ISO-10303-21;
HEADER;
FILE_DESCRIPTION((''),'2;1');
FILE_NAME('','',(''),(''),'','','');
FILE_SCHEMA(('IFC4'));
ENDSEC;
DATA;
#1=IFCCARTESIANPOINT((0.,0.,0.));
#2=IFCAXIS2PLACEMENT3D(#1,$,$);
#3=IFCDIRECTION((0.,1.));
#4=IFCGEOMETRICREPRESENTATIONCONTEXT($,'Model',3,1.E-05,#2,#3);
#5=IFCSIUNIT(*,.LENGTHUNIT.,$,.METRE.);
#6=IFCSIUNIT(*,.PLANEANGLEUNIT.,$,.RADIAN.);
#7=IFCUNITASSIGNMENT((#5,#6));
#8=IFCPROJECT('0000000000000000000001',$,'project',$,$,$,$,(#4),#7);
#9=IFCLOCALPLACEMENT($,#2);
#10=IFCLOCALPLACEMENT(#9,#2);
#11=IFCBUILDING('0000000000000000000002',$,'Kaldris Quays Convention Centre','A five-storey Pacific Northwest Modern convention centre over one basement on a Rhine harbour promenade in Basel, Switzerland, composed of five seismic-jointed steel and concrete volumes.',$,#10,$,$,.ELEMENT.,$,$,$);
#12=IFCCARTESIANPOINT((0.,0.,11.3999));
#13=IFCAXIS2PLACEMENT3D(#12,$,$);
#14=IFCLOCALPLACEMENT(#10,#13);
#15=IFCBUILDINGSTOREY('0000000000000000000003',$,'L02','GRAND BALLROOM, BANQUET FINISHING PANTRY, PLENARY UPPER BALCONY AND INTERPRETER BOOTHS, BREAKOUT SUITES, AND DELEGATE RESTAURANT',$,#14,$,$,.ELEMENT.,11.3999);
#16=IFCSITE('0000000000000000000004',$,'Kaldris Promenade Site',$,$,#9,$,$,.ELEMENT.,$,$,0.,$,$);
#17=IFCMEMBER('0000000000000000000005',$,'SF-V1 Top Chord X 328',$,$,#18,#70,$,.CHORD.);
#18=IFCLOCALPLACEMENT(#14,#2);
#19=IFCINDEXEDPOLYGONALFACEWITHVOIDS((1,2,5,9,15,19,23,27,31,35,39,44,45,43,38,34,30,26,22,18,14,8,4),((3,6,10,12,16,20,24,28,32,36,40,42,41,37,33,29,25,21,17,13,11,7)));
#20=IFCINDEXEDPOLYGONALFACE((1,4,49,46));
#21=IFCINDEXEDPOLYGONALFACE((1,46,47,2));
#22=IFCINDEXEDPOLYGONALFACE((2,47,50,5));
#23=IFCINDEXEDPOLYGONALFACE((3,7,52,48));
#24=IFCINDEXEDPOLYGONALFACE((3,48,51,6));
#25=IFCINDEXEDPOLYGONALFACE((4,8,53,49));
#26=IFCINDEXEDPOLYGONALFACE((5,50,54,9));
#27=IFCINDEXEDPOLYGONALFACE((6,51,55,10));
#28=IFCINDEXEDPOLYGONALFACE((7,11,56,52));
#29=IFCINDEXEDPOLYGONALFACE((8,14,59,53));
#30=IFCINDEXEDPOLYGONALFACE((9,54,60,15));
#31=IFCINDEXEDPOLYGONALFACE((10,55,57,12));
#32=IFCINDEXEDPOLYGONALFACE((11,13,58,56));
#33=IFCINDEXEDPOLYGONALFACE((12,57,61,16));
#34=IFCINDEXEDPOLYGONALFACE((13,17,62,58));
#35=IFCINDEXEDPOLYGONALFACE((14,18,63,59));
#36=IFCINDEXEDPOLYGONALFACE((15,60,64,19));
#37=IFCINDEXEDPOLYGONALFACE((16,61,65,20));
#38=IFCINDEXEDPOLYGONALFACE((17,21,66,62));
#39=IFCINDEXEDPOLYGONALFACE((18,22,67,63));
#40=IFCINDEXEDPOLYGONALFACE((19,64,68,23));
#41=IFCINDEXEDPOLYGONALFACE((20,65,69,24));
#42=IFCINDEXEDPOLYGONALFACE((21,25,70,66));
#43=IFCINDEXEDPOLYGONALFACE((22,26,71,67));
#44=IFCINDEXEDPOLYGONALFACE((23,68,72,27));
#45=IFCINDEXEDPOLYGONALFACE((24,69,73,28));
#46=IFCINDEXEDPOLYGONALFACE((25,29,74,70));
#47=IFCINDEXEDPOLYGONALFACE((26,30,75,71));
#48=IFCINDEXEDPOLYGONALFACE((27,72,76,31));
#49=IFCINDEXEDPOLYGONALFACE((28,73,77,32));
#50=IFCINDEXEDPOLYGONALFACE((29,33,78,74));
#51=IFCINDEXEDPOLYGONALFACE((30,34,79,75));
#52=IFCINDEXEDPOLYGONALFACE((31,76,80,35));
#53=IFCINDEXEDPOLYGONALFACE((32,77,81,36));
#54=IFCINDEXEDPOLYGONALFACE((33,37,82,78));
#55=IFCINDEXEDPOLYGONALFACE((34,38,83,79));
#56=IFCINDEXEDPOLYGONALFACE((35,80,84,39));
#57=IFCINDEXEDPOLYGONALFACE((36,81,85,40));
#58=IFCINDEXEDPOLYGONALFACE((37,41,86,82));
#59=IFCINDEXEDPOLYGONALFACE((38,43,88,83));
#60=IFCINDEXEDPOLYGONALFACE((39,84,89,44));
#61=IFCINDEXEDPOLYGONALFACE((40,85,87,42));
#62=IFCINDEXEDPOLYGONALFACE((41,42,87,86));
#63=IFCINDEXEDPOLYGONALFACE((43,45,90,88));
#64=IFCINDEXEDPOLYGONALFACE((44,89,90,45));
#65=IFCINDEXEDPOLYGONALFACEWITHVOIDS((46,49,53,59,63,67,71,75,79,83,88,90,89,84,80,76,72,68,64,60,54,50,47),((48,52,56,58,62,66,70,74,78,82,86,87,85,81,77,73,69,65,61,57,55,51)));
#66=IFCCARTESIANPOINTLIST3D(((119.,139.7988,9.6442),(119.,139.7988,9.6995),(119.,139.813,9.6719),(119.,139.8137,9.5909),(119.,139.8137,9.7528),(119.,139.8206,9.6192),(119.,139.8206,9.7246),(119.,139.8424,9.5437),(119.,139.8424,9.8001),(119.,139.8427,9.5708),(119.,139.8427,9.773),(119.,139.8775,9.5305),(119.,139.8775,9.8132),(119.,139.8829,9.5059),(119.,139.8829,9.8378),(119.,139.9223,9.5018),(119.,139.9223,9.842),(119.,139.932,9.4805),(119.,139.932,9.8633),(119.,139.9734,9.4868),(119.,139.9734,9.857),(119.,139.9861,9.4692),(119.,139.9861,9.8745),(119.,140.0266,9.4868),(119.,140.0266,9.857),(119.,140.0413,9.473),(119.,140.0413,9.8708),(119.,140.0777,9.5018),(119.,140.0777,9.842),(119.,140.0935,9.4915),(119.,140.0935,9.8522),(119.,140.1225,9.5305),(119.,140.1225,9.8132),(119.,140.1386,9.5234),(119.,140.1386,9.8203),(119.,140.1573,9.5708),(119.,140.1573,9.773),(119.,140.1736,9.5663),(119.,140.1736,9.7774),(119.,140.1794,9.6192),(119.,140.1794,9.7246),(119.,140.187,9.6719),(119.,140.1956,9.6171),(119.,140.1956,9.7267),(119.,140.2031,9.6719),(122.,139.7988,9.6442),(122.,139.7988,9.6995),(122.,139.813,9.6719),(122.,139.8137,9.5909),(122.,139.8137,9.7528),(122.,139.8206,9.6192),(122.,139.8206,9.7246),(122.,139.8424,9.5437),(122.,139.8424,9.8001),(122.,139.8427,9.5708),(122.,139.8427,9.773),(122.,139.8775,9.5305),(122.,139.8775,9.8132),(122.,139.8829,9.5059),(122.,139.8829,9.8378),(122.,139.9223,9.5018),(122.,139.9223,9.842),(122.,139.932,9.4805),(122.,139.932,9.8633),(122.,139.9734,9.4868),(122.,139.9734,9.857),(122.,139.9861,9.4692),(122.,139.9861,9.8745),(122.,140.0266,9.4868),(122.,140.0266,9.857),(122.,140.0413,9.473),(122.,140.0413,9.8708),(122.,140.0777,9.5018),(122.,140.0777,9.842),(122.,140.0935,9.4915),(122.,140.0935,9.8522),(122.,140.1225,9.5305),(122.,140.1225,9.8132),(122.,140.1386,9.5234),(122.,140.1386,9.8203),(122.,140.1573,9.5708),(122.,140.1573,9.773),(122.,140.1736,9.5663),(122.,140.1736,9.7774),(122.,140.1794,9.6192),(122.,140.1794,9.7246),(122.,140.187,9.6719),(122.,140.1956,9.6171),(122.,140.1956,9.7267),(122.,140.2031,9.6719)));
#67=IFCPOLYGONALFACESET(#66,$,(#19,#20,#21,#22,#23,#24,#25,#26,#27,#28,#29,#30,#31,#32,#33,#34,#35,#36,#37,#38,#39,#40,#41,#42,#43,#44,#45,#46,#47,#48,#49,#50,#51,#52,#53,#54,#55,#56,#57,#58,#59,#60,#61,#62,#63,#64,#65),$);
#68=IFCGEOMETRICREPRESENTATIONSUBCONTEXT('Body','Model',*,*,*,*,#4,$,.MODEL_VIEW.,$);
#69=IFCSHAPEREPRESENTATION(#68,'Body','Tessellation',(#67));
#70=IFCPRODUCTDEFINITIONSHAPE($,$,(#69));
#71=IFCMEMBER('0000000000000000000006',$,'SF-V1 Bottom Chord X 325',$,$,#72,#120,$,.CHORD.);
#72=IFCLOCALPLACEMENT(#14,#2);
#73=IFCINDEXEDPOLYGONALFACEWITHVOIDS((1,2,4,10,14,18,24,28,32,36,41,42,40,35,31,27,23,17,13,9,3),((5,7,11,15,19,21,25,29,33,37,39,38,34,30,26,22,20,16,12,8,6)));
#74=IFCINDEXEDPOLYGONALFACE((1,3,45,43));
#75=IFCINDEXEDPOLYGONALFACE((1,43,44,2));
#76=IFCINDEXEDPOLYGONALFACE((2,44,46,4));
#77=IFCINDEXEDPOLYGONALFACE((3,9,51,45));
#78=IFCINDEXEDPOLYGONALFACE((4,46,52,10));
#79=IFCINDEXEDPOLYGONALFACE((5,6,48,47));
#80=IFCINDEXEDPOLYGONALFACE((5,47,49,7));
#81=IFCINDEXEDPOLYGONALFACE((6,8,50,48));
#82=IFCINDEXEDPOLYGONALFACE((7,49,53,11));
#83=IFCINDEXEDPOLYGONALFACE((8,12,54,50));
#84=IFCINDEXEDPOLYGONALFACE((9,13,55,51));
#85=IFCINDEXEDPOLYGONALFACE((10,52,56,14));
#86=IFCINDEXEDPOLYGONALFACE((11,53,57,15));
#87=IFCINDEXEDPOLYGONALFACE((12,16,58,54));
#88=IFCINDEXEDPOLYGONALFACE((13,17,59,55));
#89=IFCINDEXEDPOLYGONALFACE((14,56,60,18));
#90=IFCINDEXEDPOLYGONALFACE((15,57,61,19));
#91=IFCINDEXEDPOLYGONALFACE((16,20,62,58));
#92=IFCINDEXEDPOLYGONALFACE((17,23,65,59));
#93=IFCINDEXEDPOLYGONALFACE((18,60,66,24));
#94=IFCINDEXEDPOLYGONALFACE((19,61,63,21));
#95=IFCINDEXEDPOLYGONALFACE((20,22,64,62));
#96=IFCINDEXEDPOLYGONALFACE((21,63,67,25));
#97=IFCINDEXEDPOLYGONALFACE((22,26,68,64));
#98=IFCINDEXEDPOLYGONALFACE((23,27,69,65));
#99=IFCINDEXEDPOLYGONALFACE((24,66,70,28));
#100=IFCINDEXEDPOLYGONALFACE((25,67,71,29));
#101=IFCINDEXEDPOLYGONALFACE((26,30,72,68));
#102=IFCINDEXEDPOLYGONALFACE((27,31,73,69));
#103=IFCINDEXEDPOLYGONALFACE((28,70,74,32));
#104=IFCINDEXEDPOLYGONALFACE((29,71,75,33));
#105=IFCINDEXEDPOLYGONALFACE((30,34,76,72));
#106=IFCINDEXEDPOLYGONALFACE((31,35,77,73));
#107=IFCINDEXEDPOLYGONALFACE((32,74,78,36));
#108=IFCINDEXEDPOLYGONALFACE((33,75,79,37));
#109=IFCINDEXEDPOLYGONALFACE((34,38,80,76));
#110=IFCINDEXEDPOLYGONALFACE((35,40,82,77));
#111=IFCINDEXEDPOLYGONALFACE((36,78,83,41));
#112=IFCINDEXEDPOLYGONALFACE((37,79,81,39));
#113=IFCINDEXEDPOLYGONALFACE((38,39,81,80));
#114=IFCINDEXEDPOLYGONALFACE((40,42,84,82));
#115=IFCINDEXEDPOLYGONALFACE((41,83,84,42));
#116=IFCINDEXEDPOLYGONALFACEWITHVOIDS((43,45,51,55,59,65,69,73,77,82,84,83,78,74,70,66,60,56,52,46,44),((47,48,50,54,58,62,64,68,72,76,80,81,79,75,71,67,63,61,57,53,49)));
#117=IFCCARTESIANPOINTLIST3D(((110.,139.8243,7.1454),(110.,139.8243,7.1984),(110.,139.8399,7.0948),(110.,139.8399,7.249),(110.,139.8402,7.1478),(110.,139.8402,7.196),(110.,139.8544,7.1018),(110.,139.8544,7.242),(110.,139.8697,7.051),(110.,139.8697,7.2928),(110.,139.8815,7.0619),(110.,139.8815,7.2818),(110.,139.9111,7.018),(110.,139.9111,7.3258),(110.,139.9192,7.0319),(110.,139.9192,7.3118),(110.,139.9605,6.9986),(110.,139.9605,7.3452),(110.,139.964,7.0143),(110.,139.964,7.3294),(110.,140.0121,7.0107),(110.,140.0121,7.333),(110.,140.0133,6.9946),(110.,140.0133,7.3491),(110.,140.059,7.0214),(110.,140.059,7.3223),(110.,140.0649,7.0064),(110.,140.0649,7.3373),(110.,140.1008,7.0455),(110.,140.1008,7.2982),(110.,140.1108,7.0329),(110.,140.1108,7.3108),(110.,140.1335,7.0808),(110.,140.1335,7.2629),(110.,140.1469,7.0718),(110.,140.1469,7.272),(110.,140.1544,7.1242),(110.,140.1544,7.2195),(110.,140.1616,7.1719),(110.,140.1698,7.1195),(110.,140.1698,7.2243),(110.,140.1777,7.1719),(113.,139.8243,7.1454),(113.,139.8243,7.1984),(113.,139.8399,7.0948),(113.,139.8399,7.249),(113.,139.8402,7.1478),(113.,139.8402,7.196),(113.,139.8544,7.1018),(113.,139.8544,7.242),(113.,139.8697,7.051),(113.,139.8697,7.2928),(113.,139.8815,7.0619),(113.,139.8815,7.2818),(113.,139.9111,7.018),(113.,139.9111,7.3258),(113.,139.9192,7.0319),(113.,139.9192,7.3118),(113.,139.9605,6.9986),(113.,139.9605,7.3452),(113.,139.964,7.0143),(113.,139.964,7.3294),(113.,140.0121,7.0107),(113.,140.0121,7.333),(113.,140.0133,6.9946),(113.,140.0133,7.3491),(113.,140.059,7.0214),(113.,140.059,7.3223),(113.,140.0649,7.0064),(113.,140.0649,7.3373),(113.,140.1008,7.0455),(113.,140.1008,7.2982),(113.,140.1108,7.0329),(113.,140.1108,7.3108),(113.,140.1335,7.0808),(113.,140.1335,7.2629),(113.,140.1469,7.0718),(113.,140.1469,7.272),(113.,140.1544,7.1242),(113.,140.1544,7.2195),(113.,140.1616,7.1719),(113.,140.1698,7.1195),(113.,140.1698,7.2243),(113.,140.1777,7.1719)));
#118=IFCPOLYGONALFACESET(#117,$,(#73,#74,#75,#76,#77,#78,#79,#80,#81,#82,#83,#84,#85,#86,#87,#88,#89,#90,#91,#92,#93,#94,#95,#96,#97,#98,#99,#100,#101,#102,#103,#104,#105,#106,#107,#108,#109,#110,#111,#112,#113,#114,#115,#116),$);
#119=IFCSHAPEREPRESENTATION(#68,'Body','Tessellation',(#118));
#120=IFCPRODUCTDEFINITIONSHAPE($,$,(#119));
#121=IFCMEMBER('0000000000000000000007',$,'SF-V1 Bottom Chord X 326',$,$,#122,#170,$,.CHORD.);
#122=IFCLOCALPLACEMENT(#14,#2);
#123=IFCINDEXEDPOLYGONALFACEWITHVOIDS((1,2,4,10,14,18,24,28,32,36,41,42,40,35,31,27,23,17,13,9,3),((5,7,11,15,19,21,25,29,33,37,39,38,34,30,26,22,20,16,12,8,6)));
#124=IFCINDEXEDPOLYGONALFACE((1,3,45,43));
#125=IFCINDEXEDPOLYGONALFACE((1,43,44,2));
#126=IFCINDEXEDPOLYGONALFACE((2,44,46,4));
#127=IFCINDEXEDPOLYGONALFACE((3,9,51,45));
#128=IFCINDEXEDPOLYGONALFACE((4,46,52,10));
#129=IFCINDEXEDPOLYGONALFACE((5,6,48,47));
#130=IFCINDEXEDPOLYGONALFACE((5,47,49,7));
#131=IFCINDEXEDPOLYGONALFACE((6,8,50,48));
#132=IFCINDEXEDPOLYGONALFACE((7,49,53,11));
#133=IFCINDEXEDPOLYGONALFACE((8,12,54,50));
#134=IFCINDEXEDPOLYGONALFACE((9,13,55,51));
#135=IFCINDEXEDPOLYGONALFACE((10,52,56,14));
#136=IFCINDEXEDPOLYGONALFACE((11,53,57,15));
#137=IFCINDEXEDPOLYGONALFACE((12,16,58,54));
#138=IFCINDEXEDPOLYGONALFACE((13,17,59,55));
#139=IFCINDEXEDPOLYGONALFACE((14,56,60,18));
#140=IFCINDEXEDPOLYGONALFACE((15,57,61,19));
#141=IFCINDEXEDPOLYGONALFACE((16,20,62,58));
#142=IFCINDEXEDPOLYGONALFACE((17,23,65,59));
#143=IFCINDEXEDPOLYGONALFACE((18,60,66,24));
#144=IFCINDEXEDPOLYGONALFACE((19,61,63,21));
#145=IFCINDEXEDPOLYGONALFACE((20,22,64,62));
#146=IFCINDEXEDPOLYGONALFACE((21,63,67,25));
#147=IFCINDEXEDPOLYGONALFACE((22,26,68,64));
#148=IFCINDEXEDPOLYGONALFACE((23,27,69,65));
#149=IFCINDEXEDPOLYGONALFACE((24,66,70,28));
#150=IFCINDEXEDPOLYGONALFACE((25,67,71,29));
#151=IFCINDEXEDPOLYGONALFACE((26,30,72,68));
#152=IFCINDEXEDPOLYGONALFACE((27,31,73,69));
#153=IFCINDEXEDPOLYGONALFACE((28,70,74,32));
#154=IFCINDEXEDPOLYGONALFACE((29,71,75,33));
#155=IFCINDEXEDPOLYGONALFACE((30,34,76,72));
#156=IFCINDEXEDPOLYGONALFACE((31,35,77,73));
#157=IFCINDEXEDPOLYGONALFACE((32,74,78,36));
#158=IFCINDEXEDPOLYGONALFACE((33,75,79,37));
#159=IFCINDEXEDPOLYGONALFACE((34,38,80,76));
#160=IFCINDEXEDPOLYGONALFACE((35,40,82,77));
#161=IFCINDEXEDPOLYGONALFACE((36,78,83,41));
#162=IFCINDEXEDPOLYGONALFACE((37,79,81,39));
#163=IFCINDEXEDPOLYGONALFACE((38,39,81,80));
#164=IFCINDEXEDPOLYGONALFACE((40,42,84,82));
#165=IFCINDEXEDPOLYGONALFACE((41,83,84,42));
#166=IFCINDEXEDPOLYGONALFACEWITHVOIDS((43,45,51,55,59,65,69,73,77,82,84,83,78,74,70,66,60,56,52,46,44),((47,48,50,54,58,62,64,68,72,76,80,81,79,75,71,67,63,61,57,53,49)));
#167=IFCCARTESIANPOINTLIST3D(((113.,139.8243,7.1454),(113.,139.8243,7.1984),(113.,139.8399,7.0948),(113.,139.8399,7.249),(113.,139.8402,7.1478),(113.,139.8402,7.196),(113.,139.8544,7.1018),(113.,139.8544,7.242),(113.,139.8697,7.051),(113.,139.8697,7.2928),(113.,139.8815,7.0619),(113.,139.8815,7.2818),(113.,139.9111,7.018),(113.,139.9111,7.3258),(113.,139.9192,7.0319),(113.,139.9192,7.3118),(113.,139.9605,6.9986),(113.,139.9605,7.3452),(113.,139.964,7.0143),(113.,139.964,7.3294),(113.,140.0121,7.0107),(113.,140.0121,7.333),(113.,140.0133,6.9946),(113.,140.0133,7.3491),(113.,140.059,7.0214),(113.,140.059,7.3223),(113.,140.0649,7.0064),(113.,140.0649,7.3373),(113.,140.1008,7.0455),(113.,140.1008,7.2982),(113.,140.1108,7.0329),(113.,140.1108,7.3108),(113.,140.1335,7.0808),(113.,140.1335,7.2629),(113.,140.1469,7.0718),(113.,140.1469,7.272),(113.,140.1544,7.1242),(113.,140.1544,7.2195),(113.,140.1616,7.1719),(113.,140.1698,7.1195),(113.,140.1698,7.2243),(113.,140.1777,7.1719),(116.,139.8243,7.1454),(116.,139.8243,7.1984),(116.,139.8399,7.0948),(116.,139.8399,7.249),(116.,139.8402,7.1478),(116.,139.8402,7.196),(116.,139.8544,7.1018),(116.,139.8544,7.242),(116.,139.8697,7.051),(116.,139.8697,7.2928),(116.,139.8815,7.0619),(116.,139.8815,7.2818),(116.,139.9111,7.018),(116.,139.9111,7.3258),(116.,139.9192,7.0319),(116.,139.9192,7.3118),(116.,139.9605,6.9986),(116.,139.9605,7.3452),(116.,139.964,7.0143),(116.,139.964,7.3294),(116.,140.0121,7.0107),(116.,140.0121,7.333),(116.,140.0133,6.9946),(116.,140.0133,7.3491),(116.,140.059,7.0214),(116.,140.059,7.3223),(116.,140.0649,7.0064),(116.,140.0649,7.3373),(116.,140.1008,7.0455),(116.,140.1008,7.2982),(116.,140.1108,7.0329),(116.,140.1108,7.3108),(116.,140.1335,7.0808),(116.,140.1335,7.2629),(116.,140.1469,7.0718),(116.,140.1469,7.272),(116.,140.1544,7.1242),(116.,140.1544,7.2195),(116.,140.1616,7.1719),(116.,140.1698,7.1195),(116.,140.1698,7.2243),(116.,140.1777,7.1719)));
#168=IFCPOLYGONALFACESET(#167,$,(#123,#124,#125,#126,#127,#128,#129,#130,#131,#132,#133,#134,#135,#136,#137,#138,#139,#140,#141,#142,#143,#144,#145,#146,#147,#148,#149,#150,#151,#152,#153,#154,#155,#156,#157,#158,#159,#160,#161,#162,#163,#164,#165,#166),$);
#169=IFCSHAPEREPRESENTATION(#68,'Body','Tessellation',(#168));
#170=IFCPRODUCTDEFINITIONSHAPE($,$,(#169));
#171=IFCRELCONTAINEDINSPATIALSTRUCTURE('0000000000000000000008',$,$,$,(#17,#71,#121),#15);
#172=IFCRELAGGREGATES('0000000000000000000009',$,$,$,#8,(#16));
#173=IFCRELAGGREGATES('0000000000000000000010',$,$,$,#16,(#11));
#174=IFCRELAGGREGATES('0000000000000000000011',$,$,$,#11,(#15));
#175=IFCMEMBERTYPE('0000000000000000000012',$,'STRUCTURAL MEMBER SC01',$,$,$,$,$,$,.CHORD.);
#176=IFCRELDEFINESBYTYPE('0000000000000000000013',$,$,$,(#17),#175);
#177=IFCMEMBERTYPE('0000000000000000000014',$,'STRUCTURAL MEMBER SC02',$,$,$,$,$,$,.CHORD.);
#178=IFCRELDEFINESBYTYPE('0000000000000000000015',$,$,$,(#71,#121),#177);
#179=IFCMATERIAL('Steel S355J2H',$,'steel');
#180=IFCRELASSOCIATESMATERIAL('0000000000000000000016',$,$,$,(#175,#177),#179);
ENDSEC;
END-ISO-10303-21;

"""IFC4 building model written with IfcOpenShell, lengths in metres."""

from ifc_helpers import new_model, si_unit, direction, frame, origin, origin_2d, place, context, subcontext, project, spatial, hollow_circle, extrude, material, material_profile, profile_set, type_object, element, save


model = new_model("IFC4")

# Units and contexts
model_context = context("Model", 3, precision=1e-05, world=origin(), true_north=direction((0.0, 1.0)))
body_context = subcontext(model_context, "Body", "Model", "MODEL_VIEW")
ifc_project = project(units=[si_unit("LENGTHUNIT", "METRE"), si_unit("PLANEANGLEUNIT", "RADIAN")], contexts=[model_context])

# Site, building, storey
site_placement = place(None, origin())
site = spatial("IfcSite", under=ifc_project, at=site_placement, Name="Kaldris Promenade Site", CompositionType="ELEMENT", RefElevation=0.0)
building_placement = place(site_placement, origin())
building = spatial("IfcBuilding", under=site, at=building_placement, Name="Kaldris Quays Convention Centre", Description="A five-storey Pacific Northwest Modern convention centre over one basement on a Rhine harbour promenade in Basel, Switzerland, composed of five seismic-jointed steel and concrete volumes.", CompositionType="ELEMENT")
storey_placement = place(building_placement, frame((0.0, 0.0, 11.3999)))
storey = spatial("IfcBuildingStorey", under=building, at=storey_placement, Name="L02", Description="GRAND BALLROOM, BANQUET FINISHING PANTRY, PLENARY UPPER BALCONY AND INTERPRETER BOOTHS, BREAKOUT SUITES, AND DELEGATE RESTAURANT", CompositionType="ELEMENT", Elevation=11.3999)

# Members
ifc_material_1 = material(Name="Steel S355J2H", Category="steel")
ifc_material_profile_1 = material_profile(ifc_material_1, hollow_circle(Radius=0.2031, WallThickness=0.0161, at=origin_2d()), Name="CHS 406.4x16")
ifc_profile_set_1 = profile_set([ifc_material_profile_1], Name="Steel S355J2H")
member_type_1 = type_object("IfcMemberType", Name="STRUCTURAL MEMBER SC01", PredefinedType="CHORD", material=ifc_profile_set_1)
for number, where, z_axis, x_axis, name in (
    (1, (119.0, 140.0, 9.6719), (1.0, 0.0, 0.0), (0.0, 1.0, 0.0), "SF-V1 Top Chord X 328"),
):
    element("IfcMember", number, at=place(storey_placement, frame(where, z_axis=z_axis, x_axis=x_axis)), inside=storey, type_object=member_type_1, Name=name, PredefinedType="CHORD", context=body_context, shape_type="SweptSolid", body=[
        extrude(hollow_circle(Radius=0.2031, WallThickness=0.0161, at=origin_2d()), origin(), (0.0, 0.0, 1.0), 3.0),
    ])
ifc_material_profile_2 = material_profile(ifc_material_1, hollow_circle(Radius=0.1777, WallThickness=0.0161, at=origin_2d()), Name="CHS 355.6x16")
ifc_profile_set_2 = profile_set([ifc_material_profile_2], Name="Steel S355J2H")
member_type_2 = type_object("IfcMemberType", Name="STRUCTURAL MEMBER SC02", PredefinedType="CHORD", material=ifc_profile_set_2)
for number, where, z_axis, x_axis, name in (
    (2, (110.0, 140.0, 7.1719), (1.0, 0.0, 0.0), (0.0, 1.0, 0.0), "SF-V1 Bottom Chord X 325"),
    (3, (113.0, 140.0, 7.1719), (1.0, 0.0, 0.0), (0.0, 1.0, 0.0), "SF-V1 Bottom Chord X 326"),
):
    element("IfcMember", number, at=place(storey_placement, frame(where, z_axis=z_axis, x_axis=x_axis)), inside=storey, type_object=member_type_2, Name=name, PredefinedType="CHORD", context=body_context, shape_type="SweptSolid", body=[
        extrude(hollow_circle(Radius=0.1777, WallThickness=0.0161, at=origin_2d()), origin(), (0.0, 0.0, 1.0), 3.0),
    ])

save(model, "model.ifc")
